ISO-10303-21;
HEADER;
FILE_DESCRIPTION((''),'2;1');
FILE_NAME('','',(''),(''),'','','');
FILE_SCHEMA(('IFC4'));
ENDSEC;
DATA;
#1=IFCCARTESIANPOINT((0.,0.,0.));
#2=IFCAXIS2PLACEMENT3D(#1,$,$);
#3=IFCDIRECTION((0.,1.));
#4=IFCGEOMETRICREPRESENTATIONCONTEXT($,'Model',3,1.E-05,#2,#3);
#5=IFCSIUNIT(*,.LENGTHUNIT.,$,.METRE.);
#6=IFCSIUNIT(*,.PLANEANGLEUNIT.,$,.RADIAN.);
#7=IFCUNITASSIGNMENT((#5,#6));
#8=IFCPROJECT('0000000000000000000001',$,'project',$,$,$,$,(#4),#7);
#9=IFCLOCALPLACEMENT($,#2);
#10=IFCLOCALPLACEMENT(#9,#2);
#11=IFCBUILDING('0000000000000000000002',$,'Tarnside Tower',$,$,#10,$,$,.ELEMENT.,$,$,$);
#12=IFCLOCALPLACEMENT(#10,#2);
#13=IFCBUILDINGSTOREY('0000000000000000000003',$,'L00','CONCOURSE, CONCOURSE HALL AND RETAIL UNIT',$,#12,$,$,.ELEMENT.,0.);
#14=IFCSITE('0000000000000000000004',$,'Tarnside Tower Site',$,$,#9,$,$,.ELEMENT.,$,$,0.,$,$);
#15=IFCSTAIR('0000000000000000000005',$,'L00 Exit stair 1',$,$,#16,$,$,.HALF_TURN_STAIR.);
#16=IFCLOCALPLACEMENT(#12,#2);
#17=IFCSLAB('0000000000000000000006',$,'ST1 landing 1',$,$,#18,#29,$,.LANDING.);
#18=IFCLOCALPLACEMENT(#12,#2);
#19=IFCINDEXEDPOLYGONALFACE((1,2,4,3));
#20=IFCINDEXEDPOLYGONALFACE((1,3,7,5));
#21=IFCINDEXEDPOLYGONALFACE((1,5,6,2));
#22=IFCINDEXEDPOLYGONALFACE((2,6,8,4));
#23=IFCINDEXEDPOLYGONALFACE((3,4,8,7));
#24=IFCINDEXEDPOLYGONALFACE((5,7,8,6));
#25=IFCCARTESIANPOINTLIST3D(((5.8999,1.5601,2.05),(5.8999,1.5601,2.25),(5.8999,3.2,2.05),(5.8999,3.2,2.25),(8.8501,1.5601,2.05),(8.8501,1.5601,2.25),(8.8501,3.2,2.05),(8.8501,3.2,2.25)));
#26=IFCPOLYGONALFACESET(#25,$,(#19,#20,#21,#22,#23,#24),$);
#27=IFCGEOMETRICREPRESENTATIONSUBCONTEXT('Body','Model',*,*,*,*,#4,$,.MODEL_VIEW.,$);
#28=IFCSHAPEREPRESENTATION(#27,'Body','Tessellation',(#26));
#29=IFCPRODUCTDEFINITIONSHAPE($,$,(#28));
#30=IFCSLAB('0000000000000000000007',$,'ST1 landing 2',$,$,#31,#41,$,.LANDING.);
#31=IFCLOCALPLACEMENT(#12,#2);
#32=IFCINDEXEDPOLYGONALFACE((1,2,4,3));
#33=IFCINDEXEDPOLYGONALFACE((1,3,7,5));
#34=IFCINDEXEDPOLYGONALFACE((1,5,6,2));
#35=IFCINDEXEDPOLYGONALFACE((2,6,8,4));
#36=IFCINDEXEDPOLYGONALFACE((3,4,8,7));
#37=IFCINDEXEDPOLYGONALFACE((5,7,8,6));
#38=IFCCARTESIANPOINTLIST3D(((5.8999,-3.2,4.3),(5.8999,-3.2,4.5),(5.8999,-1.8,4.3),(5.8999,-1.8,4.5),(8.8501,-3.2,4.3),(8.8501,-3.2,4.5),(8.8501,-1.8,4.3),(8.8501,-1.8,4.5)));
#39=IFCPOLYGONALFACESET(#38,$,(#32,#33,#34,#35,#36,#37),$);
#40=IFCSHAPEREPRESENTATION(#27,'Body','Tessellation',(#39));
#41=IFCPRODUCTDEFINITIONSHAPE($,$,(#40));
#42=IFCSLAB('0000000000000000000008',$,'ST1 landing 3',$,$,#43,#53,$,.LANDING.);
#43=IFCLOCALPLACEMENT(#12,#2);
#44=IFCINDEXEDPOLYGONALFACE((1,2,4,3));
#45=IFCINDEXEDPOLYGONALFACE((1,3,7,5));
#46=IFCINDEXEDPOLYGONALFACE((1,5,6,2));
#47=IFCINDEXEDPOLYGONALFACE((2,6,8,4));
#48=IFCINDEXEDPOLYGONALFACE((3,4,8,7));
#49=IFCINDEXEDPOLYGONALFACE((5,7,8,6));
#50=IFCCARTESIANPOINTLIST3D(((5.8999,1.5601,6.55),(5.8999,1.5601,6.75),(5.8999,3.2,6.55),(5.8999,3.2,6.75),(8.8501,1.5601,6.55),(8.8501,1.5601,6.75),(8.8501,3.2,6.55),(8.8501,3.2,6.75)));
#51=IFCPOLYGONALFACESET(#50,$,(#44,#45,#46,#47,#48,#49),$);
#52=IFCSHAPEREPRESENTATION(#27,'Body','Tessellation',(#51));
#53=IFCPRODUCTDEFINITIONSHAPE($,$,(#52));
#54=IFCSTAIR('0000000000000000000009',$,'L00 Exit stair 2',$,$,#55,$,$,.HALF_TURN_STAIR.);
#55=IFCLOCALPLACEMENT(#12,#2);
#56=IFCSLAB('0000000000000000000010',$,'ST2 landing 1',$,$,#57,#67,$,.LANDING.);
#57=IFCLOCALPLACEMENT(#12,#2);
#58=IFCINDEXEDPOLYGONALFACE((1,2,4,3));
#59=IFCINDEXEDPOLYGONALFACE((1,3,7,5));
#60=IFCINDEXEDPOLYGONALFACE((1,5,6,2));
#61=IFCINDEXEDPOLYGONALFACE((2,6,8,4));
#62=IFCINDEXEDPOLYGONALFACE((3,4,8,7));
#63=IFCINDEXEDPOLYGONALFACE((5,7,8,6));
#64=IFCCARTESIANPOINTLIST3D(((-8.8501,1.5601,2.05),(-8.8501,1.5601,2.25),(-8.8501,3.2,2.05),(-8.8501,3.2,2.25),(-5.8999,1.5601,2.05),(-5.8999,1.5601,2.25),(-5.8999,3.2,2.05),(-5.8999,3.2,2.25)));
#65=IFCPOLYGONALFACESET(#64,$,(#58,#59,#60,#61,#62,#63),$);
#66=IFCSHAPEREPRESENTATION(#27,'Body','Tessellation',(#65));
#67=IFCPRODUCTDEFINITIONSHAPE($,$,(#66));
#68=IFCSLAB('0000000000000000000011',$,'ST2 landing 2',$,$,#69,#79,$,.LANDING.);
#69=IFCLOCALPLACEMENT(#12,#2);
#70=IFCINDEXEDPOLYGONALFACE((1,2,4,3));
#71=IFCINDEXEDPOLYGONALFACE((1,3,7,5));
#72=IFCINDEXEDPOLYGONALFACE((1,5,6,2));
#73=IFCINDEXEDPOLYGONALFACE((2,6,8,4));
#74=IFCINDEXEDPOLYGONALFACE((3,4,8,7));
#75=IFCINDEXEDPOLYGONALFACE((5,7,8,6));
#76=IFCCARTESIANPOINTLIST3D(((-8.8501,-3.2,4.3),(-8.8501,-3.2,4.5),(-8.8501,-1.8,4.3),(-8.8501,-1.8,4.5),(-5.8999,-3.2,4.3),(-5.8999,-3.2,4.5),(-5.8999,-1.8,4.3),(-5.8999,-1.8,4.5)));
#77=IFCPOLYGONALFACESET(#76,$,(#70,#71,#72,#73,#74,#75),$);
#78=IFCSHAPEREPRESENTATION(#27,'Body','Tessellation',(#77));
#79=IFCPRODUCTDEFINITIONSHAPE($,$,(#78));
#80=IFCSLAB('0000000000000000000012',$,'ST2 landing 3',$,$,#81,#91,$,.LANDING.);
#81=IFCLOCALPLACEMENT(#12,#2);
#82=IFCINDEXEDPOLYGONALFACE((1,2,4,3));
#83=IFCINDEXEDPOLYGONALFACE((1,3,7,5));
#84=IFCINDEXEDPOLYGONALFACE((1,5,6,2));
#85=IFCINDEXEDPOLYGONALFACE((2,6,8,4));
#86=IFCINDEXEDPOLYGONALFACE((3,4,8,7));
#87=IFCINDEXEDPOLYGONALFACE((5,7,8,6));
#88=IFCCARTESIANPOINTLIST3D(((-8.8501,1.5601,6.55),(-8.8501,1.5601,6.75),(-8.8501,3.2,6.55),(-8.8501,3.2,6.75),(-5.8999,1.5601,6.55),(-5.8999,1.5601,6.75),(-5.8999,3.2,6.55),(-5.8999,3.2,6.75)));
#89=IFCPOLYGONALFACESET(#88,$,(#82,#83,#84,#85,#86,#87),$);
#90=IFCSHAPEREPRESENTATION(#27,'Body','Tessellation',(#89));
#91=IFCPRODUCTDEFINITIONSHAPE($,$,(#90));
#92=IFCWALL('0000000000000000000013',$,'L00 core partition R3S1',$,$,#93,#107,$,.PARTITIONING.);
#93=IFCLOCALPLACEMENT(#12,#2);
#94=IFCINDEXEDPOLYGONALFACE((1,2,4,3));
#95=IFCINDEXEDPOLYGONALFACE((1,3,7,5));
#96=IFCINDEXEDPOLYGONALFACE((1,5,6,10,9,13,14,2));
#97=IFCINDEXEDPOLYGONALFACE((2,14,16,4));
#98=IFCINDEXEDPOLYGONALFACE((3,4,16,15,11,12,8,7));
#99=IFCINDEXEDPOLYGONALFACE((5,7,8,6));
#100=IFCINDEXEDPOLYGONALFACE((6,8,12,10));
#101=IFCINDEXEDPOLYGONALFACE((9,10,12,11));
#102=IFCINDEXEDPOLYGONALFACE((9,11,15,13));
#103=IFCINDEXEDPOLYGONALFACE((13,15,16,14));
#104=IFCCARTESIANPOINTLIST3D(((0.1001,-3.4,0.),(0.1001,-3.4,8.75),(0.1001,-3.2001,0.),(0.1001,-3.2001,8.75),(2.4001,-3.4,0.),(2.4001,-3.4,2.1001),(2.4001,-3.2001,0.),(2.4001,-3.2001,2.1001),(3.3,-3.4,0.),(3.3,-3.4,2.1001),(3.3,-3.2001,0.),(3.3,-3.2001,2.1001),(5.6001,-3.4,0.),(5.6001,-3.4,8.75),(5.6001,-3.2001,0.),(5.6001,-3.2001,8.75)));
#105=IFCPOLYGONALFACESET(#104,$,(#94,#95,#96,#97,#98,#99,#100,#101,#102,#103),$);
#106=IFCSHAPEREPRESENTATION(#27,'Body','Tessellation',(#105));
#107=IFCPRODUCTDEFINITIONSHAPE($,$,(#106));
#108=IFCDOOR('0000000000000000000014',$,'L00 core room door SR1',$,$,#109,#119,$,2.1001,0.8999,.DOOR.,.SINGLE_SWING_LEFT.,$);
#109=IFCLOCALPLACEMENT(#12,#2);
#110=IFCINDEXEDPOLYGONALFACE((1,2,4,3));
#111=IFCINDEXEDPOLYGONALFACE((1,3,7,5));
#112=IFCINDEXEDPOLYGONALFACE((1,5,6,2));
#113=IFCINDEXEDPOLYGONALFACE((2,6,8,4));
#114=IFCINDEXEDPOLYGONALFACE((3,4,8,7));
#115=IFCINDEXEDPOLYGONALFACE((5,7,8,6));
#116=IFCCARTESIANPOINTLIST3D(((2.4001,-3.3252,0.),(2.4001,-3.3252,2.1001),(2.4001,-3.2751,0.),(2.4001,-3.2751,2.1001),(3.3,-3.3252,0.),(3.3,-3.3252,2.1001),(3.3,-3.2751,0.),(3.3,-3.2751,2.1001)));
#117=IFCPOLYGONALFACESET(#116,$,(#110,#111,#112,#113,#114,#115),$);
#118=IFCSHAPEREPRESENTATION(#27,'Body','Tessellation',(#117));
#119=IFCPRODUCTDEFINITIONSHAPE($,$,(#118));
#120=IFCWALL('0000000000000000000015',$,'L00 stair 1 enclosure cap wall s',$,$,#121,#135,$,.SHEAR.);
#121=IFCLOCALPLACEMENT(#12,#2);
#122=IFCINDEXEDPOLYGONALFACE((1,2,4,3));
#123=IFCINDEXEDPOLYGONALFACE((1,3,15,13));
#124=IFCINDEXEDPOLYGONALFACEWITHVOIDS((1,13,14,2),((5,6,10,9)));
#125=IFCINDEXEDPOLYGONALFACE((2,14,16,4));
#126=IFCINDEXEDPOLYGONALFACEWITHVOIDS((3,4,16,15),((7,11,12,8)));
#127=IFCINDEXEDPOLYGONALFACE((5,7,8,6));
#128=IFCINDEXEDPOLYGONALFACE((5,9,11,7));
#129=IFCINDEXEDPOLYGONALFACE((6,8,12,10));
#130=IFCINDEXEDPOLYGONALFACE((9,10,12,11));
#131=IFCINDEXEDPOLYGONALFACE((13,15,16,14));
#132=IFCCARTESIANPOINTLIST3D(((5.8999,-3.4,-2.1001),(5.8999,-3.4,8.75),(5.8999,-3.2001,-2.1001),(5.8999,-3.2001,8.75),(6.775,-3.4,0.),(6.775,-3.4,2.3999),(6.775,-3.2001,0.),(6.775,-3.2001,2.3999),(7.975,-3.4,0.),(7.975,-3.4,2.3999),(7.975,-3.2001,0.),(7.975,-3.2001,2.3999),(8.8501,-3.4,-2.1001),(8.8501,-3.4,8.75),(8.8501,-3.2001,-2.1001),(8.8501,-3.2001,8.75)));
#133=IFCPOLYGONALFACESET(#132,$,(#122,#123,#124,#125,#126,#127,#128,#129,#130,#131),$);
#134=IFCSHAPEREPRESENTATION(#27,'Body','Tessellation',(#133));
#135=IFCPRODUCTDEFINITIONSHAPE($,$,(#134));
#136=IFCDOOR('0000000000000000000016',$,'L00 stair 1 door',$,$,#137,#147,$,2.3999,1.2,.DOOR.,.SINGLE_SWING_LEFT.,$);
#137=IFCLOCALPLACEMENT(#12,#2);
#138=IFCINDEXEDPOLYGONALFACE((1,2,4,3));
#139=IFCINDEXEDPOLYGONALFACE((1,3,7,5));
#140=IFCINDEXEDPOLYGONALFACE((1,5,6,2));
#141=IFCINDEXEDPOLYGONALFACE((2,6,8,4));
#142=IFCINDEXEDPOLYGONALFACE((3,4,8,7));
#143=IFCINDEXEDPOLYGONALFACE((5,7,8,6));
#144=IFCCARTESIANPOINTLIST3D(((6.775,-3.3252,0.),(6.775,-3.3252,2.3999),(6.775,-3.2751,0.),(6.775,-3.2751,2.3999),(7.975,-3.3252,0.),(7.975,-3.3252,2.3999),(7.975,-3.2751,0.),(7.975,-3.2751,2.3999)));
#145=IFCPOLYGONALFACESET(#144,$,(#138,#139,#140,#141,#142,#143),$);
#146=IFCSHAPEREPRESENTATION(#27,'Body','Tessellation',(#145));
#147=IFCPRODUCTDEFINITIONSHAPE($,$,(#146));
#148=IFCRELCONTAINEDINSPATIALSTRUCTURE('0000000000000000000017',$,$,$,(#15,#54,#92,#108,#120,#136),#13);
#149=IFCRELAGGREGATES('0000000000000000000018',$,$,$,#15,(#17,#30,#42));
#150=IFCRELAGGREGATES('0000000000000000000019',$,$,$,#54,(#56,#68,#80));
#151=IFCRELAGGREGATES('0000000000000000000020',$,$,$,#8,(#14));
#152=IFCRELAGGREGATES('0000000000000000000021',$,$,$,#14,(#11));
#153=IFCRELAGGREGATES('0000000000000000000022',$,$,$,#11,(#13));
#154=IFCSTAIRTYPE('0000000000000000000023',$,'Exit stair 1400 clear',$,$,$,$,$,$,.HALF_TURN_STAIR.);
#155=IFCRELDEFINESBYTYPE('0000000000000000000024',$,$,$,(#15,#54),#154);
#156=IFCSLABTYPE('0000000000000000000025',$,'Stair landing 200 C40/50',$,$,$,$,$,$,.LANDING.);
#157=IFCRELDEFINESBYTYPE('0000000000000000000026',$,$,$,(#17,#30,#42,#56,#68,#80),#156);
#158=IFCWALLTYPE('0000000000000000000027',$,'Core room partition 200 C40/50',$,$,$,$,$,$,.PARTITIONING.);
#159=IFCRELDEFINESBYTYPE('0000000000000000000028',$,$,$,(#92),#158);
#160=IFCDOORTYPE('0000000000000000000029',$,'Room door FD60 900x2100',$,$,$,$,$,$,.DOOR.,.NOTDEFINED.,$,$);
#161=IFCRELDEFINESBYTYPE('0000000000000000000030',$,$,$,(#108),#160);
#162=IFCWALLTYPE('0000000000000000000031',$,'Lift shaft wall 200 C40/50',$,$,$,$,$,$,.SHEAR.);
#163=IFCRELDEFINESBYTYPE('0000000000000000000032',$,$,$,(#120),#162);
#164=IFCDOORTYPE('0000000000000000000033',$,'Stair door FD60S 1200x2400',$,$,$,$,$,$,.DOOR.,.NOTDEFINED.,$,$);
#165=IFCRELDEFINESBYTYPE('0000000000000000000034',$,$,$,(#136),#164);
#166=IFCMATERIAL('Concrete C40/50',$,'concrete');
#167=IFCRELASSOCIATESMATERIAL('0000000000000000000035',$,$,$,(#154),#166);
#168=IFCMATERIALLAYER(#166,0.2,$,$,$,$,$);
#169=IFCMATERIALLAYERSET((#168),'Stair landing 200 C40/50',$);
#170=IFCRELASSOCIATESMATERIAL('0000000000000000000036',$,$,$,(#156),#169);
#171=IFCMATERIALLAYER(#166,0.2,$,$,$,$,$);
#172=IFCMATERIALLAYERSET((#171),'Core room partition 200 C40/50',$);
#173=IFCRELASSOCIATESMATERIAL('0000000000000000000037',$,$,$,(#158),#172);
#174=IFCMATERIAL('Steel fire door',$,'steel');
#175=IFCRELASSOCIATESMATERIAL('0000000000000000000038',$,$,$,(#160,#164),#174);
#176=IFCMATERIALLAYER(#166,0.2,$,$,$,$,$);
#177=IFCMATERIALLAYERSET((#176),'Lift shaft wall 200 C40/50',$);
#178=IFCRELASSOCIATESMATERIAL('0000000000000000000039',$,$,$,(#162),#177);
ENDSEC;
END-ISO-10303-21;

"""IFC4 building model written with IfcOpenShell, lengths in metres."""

from ifc_helpers import new_model, si_unit, direction, frame, frame_2d, origin, place, context, subcontext, project, spatial, polyline, rectangle, outline, extrude, material, layer, layer_set, type_object, element, fill, aggregate, save


model = new_model("IFC4")

# Units and contexts
model_context = context("Model", 3, precision=1e-05, world=origin(), true_north=direction((0.0, 1.0)))
body_context = subcontext(model_context, "Body", "Model", "MODEL_VIEW")
ifc_project = project(units=[si_unit("LENGTHUNIT", "METRE"), si_unit("PLANEANGLEUNIT", "RADIAN")], contexts=[model_context])

# Site, building, storey
site_placement = place(None, origin())
site = spatial("IfcSite", under=ifc_project, at=site_placement, Name="Tarnside Tower Site", CompositionType="ELEMENT", RefElevation=0.0)
building_placement = place(site_placement, origin())
building = spatial("IfcBuilding", under=site, at=building_placement, Name="Tarnside Tower", CompositionType="ELEMENT")
storey_placement = place(building_placement, origin())
storey = spatial("IfcBuildingStorey", under=building, at=storey_placement, Name="L00", Description="CONCOURSE, CONCOURSE HALL AND RETAIL UNIT", CompositionType="ELEMENT", Elevation=0.0)

# Shared definitions
ifc_material_1 = material(Name="Concrete C40/50", Category="concrete")

# Stairs, slabs
stair_type_1 = type_object("IfcStairType", Name="Exit stair 1400 clear", PredefinedType="HALF_TURN_STAIR", material=ifc_material_1)
stair_1_placement = place(storey_placement, origin())
stair_1 = element("IfcStair", 1, at=stair_1_placement, inside=storey, type_object=stair_type_1, Name="L00 Exit stair 1", PredefinedType="HALF_TURN_STAIR")
ifc_layer_1 = layer(ifc_material_1, 0.2)
ifc_layer_set_1 = layer_set([ifc_layer_1], Name="Stair landing 200 C40/50")
slab_type_1 = type_object("IfcSlabType", Name="Stair landing 200 C40/50", PredefinedType="LANDING", material=ifc_layer_set_1)
slab_1_placement = place(storey_placement, frame((0.0, 0.0, 2.05)))
slab_1 = element("IfcSlab", 2, at=slab_1_placement, type_object=slab_type_1, Name="ST1 landing 1", PredefinedType="LANDING", context=body_context, shape_type="SweptSolid", body=[
    extrude(outline(polyline([(8.8501, 1.5601), (8.8501, 3.2), (5.8999, 3.2), (5.8999, 1.5601), (8.8501, 1.5601)])), origin(), (0.0, 0.0, 1.0), 0.2),
])
slab_2_placement = place(storey_placement, frame((0.0, 0.0, 4.3)))
slab_2 = element("IfcSlab", 3, at=slab_2_placement, type_object=slab_type_1, Name="ST1 landing 2", PredefinedType="LANDING", context=body_context, shape_type="SweptSolid", body=[
    extrude(outline(polyline([(8.8501, -3.2), (8.8501, -1.8), (5.8999, -1.8), (5.8999, -3.2), (8.8501, -3.2)])), origin(), (0.0, 0.0, 1.0), 0.2),
])
slab_3_placement = place(storey_placement, frame((0.0, 0.0, 6.55)))
slab_3 = element("IfcSlab", 4, at=slab_3_placement, type_object=slab_type_1, Name="ST1 landing 3", PredefinedType="LANDING", context=body_context, shape_type="SweptSolid", body=[
    extrude(outline(polyline([(8.8501, 1.5601), (8.8501, 3.2), (5.8999, 3.2), (5.8999, 1.5601), (8.8501, 1.5601)])), origin(), (0.0, 0.0, 1.0), 0.2),
])
aggregate(stair_1, [slab_1, slab_2, slab_3])
stair_2_placement = place(storey_placement, origin())
stair_2 = element("IfcStair", 5, at=stair_2_placement, inside=storey, type_object=stair_type_1, Name="L00 Exit stair 2", PredefinedType="HALF_TURN_STAIR")
slab_4_placement = place(storey_placement, frame((0.0, 0.0, 2.05)))
slab_4 = element("IfcSlab", 6, at=slab_4_placement, type_object=slab_type_1, Name="ST2 landing 1", PredefinedType="LANDING", context=body_context, shape_type="SweptSolid", body=[
    extrude(outline(polyline([(-5.8999, 1.5601), (-5.8999, 3.2), (-8.8501, 3.2), (-8.8501, 1.5601), (-5.8999, 1.5601)])), origin(), (0.0, 0.0, 1.0), 0.2),
])
slab_5_placement = place(storey_placement, frame((0.0, 0.0, 4.3)))
slab_5 = element("IfcSlab", 7, at=slab_5_placement, type_object=slab_type_1, Name="ST2 landing 2", PredefinedType="LANDING", context=body_context, shape_type="SweptSolid", body=[
    extrude(outline(polyline([(-5.8999, -3.2), (-5.8999, -1.8), (-8.8501, -1.8), (-8.8501, -3.2), (-5.8999, -3.2)])), origin(), (0.0, 0.0, 1.0), 0.2),
])
slab_6_placement = place(storey_placement, frame((0.0, 0.0, 6.55)))
slab_6 = element("IfcSlab", 8, at=slab_6_placement, type_object=slab_type_1, Name="ST2 landing 3", PredefinedType="LANDING", context=body_context, shape_type="SweptSolid", body=[
    extrude(outline(polyline([(-5.8999, 1.5601), (-5.8999, 3.2), (-8.8501, 3.2), (-8.8501, 1.5601), (-5.8999, 1.5601)])), origin(), (0.0, 0.0, 1.0), 0.2),
])
aggregate(stair_2, [slab_4, slab_5, slab_6])

# Walls, openings, doors
ifc_layer_2 = layer(ifc_material_1, 0.2)
ifc_layer_set_2 = layer_set([ifc_layer_2], Name="Core room partition 200 C40/50")
wall_type_1 = type_object("IfcWallType", Name="Core room partition 200 C40/50", PredefinedType="PARTITIONING", material=ifc_layer_set_2)
wall_1_placement = place(storey_placement, frame((0.1001, -3.3, 0.0), z_axis=(0.0, 0.0, 1.0), x_axis=(1.0, 0.0, 0.0)))
wall_1 = element("IfcWall", 9, at=wall_1_placement, inside=storey, type_object=wall_type_1, Name="L00 core partition R3S1", PredefinedType="PARTITIONING", context=body_context, shape_type="SweptSolid", body=[
    extrude(rectangle(XDim=5.5, YDim=0.2, at=frame_2d((2.75, 0.0))), origin(), (0.0, 0.0, 1.0), 8.75),
])
opening_1_placement = place(wall_1_placement, frame((2.3, 0.0, 0.0)))
opening_1 = element("IfcOpeningElement", 10, at=opening_1_placement, cuts=wall_1, PredefinedType="OPENING", context=body_context, shape_type="SweptSolid", body=[
    extrude(rectangle(XDim=0.8999, YDim=2.1001, at=frame_2d((0.45, 1.05))), frame((0.0, 0.1099, 0.0), z_axis=(0.0, -1.0, 0.0), x_axis=(1.0, 0.0, 0.0)), (0.0, 0.0, 1.0), 0.22),
])
ifc_material_2 = material(Name="Steel fire door", Category="steel")
door_type_1 = type_object("IfcDoorType", Name="Room door FD60 900x2100", OperationType="NOTDEFINED", PredefinedType="DOOR", material=ifc_material_2)
door_1_placement = place(opening_1_placement, origin())
door_1 = element("IfcDoor", 11, at=door_1_placement, inside=storey, type_object=door_type_1, Name="L00 core room door SR1", OperationType="SINGLE_SWING_LEFT", OverallHeight=2.1001, OverallWidth=0.8999, PredefinedType="DOOR", context=body_context, shape_type="SweptSolid", body=[
    extrude(rectangle(XDim=0.8999, YDim=2.1001, at=frame_2d((0.45, 1.05))), frame((0.0, 0.0249, 0.0), z_axis=(0.0, -1.0, 0.0), x_axis=(1.0, 0.0, 0.0)), (0.0, 0.0, 1.0), 0.05),
])
fill(opening_1, door_1)
ifc_layer_3 = layer(ifc_material_1, 0.2)
ifc_layer_set_3 = layer_set([ifc_layer_3], Name="Lift shaft wall 200 C40/50")
wall_type_2 = type_object("IfcWallType", Name="Lift shaft wall 200 C40/50", PredefinedType="SHEAR", material=ifc_layer_set_3)
wall_2_placement = place(storey_placement, frame((5.8999, -3.3, -2.1001), z_axis=(0.0, 0.0, 1.0), x_axis=(1.0, 0.0, 0.0)))
wall_2 = element("IfcWall", 12, at=wall_2_placement, inside=storey, type_object=wall_type_2, Name="L00 stair 1 enclosure cap wall s", PredefinedType="SHEAR", context=body_context, shape_type="SweptSolid", body=[
    extrude(rectangle(XDim=2.9502, YDim=0.2, at=frame_2d((1.4751, 0.0))), origin(), (0.0, 0.0, 1.0), 10.8501),
])
opening_2_placement = place(wall_2_placement, frame((0.875, 0.0, 2.1001)))
opening_2 = element("IfcOpeningElement", 13, at=opening_2_placement, cuts=wall_2, PredefinedType="OPENING", context=body_context, shape_type="SweptSolid", body=[
    extrude(rectangle(XDim=1.2, YDim=2.3999, at=frame_2d((0.6001, 1.2))), frame((0.0, 0.1099, 0.0), z_axis=(0.0, -1.0, 0.0), x_axis=(1.0, 0.0, 0.0)), (0.0, 0.0, 1.0), 0.22),
])
door_type_2 = type_object("IfcDoorType", Name="Stair door FD60S 1200x2400", OperationType="NOTDEFINED", PredefinedType="DOOR", material=ifc_material_2)
door_2_placement = place(opening_2_placement, origin())
door_2 = element("IfcDoor", 14, at=door_2_placement, inside=storey, type_object=door_type_2, Name="L00 stair 1 door", OperationType="SINGLE_SWING_LEFT", OverallHeight=2.3999, OverallWidth=1.2, PredefinedType="DOOR", context=body_context, shape_type="SweptSolid", body=[
    extrude(rectangle(XDim=1.2, YDim=2.3999, at=frame_2d((0.6001, 1.2))), frame((0.0, 0.0249, 0.0), z_axis=(0.0, -1.0, 0.0), x_axis=(1.0, 0.0, 0.0)), (0.0, 0.0, 1.0), 0.05),
])
fill(opening_2, door_2)

save(model, "model.ifc")
